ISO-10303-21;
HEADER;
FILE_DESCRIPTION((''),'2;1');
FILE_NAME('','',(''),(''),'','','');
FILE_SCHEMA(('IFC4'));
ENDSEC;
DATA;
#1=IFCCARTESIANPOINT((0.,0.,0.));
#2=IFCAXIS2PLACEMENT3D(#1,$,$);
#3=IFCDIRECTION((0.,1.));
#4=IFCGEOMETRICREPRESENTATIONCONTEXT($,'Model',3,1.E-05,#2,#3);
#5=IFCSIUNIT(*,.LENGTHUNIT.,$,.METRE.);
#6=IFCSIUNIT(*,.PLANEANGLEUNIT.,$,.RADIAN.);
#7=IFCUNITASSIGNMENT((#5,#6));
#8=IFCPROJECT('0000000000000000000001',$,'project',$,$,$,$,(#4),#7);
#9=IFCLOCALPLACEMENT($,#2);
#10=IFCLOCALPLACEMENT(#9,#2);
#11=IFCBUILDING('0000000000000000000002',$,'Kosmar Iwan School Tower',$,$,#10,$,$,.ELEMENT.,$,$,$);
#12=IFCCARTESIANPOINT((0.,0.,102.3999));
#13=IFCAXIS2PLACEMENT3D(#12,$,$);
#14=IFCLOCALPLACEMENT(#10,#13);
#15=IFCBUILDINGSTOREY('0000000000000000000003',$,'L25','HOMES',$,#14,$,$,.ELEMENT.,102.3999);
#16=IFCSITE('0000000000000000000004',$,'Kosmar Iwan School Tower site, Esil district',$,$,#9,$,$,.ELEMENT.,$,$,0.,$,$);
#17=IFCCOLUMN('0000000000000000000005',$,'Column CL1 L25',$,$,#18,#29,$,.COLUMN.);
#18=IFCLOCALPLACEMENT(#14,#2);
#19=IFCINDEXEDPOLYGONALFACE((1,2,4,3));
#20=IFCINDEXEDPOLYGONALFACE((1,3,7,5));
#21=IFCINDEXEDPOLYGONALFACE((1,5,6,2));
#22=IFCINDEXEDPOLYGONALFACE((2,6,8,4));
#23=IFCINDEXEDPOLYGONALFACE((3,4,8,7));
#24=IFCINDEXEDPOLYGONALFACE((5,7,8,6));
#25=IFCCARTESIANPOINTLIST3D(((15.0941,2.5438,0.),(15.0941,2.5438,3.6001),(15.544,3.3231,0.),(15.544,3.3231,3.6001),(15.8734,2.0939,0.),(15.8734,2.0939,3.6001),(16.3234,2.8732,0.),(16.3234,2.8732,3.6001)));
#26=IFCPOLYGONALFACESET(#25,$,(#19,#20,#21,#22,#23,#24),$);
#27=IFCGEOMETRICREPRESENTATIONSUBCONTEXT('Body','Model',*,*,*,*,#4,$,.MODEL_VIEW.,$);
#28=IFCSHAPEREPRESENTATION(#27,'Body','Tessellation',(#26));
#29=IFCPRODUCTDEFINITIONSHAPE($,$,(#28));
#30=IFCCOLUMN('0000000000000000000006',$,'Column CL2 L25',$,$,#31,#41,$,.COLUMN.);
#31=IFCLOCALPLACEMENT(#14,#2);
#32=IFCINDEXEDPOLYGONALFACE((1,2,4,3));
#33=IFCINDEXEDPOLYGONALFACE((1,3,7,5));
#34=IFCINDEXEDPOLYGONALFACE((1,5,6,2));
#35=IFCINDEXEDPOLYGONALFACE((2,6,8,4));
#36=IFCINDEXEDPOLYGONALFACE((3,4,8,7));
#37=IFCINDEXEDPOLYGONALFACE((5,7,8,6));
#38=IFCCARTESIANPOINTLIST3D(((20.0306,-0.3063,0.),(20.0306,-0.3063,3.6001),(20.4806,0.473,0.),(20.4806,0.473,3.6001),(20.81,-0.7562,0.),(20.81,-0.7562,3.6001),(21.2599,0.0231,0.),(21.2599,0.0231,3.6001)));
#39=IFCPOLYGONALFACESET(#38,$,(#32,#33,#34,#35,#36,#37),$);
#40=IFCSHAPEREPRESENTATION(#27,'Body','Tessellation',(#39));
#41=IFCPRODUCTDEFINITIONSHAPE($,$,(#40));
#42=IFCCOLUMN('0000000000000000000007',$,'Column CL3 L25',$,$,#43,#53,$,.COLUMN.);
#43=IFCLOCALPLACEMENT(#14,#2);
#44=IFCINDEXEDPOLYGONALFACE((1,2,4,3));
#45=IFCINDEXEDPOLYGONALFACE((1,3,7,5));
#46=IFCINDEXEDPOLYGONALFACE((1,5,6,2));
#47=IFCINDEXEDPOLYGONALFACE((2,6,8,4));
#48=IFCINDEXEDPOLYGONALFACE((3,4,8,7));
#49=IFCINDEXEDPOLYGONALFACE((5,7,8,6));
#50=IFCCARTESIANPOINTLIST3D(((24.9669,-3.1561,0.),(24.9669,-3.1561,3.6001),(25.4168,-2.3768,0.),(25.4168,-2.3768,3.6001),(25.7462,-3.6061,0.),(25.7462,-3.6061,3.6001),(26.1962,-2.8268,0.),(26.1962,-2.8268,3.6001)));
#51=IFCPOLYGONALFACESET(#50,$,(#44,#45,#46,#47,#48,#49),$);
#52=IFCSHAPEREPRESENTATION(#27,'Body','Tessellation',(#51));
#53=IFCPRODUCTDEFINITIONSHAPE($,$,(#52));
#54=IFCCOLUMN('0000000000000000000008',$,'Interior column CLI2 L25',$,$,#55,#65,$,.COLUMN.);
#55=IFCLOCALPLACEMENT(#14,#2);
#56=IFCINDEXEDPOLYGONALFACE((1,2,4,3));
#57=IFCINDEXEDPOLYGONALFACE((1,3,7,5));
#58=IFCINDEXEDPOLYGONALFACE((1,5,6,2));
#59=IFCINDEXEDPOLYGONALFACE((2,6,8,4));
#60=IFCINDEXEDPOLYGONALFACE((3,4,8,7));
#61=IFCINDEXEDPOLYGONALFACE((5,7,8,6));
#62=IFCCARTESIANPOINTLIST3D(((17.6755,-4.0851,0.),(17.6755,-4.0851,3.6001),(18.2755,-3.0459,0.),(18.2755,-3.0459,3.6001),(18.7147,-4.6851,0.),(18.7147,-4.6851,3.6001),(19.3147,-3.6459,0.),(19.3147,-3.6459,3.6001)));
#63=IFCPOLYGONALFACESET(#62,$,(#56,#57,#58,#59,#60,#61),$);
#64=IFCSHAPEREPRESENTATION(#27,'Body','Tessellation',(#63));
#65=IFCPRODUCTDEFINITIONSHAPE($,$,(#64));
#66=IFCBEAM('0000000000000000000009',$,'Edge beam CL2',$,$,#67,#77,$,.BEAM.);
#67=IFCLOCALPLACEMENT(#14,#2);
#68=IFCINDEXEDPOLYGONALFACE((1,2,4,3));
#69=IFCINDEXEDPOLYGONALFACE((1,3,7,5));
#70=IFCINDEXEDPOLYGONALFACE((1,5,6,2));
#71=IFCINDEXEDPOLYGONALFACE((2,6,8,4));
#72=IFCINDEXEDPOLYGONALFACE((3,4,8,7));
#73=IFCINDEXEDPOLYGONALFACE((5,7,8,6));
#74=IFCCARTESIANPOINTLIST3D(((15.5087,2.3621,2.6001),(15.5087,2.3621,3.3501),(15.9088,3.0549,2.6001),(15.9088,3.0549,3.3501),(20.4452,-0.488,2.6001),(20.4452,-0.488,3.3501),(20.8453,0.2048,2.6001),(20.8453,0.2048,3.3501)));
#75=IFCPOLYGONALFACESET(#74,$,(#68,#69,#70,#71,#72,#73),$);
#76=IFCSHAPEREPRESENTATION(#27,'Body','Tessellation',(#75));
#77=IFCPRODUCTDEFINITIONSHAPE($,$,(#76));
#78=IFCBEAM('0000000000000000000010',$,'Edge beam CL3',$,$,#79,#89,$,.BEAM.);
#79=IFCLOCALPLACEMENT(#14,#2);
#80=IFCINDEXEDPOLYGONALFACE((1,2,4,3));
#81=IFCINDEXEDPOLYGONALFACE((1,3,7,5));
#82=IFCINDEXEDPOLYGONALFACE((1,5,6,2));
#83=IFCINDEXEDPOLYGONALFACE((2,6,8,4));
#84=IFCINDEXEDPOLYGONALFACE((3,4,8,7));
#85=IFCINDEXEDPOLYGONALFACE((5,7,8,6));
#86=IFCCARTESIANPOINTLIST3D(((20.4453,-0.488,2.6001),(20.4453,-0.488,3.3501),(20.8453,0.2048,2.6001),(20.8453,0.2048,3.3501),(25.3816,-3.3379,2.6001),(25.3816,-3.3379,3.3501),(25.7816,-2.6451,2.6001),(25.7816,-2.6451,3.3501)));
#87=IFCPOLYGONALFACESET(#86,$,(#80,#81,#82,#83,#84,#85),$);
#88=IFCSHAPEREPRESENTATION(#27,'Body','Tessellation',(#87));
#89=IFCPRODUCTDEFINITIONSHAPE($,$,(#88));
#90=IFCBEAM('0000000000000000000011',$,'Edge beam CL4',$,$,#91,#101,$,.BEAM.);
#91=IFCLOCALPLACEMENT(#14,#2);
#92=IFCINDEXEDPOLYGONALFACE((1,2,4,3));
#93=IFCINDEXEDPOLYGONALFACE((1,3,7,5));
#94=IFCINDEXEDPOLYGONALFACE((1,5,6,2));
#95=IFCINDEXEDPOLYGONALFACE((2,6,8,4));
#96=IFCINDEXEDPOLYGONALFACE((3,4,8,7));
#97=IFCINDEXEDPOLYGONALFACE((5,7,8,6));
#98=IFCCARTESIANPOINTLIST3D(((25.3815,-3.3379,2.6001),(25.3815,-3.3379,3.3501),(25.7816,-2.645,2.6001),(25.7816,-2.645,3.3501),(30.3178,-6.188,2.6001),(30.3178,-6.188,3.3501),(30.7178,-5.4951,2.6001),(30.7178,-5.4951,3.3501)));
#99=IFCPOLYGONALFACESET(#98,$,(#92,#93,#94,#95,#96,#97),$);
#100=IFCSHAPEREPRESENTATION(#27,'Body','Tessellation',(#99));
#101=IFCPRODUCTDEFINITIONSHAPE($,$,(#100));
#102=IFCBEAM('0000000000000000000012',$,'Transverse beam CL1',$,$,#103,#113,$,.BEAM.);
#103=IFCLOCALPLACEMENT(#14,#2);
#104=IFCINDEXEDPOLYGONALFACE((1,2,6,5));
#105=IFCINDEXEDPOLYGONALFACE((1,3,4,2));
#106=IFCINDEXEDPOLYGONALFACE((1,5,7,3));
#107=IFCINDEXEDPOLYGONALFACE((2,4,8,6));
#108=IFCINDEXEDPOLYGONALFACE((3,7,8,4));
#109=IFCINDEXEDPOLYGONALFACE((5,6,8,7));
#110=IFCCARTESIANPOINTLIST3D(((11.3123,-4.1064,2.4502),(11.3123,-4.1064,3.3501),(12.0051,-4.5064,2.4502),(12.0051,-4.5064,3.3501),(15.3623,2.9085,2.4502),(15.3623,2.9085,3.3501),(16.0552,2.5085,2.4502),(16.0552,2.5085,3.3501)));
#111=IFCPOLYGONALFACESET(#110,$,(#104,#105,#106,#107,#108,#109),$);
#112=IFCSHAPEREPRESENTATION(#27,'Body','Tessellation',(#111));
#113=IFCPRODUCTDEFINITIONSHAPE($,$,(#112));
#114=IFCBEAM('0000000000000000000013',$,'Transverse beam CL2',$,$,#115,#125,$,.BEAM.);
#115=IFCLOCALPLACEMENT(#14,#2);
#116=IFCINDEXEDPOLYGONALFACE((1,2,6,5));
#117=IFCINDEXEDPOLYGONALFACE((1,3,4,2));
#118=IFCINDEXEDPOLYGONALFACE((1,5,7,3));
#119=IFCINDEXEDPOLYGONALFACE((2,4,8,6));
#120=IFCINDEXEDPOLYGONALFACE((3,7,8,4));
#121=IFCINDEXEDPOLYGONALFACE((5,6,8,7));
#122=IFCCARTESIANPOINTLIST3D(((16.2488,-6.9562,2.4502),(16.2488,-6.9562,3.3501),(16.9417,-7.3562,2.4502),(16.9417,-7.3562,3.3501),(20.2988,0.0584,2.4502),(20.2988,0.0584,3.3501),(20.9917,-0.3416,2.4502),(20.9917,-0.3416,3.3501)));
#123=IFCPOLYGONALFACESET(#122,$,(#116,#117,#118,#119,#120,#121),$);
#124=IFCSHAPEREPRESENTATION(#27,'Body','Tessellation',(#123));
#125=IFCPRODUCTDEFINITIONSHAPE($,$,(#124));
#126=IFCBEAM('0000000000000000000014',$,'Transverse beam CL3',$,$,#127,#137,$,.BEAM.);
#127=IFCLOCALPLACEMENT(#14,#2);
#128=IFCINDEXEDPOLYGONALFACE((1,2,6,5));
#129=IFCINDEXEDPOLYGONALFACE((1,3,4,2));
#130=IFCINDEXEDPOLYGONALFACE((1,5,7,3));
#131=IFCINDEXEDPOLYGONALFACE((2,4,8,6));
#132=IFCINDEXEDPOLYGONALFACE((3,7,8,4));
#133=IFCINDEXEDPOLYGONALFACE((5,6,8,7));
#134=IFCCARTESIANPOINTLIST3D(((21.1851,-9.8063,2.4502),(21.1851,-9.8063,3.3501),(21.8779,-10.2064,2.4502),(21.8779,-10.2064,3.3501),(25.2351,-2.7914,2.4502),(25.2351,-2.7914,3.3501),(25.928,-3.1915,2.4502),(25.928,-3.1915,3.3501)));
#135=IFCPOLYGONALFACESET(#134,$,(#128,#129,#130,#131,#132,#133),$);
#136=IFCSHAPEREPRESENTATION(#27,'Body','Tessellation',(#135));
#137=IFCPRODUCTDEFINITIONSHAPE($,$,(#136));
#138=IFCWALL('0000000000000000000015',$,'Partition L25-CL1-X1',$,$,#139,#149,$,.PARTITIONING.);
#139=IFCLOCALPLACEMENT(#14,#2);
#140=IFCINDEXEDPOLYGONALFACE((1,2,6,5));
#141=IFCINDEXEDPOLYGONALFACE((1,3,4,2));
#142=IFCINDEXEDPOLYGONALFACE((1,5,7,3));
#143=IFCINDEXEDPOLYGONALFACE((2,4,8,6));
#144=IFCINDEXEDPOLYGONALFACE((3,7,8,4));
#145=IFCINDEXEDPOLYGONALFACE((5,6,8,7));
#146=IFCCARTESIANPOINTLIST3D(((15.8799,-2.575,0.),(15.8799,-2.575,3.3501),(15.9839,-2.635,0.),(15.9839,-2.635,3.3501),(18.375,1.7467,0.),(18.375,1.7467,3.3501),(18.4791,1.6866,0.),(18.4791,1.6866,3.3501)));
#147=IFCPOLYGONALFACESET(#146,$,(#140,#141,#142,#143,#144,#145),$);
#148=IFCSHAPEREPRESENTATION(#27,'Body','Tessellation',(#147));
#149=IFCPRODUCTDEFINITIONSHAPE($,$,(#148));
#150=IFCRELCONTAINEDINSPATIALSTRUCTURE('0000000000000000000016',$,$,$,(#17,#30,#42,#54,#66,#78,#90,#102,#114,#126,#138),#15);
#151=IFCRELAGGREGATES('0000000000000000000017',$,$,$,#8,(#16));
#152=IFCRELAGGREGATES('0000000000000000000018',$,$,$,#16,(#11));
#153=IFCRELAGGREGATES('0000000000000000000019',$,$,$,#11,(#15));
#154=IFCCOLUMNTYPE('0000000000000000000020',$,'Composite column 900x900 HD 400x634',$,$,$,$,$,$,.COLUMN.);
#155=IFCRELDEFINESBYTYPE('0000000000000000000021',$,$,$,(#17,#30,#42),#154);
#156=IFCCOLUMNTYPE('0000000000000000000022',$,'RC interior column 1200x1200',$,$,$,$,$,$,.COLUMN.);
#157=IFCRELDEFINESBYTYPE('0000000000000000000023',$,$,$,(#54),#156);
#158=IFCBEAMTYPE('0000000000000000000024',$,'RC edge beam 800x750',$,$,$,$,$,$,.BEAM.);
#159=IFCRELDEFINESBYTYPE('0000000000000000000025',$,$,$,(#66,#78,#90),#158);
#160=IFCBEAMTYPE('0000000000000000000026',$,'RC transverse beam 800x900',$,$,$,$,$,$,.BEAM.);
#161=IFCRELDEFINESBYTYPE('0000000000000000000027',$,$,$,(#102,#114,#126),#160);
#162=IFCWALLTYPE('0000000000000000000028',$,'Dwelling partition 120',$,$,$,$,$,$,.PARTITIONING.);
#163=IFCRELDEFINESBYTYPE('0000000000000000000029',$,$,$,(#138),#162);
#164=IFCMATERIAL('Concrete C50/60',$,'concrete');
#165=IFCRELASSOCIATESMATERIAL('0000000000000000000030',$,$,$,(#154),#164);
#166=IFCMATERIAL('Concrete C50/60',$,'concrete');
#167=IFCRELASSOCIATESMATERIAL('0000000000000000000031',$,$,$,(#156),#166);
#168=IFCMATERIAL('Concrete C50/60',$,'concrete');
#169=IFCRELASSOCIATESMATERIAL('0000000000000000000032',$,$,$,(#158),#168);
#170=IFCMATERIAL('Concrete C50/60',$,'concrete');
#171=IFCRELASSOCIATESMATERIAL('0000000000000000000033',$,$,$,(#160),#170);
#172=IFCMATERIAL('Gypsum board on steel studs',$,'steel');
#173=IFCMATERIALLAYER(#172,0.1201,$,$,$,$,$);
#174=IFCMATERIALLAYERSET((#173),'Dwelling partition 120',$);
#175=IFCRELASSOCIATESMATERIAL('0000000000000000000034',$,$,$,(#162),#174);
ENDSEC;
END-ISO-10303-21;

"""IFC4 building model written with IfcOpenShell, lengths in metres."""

from ifc_helpers import new_model, si_unit, direction, frame, frame_2d, origin, origin_2d, place, context, subcontext, project, spatial, rectangle, extrude, material, layer, layer_set, material_profile, profile_set, type_object, element, save


model = new_model("IFC4")

# Units and contexts
model_context = context("Model", 3, precision=1e-05, world=origin(), true_north=direction((0.0, 1.0)))
body_context = subcontext(model_context, "Body", "Model", "MODEL_VIEW")
ifc_project = project(units=[si_unit("LENGTHUNIT", "METRE"), si_unit("PLANEANGLEUNIT", "RADIAN")], contexts=[model_context])

# Site, building, storey
site_placement = place(None, origin())
site = spatial("IfcSite", under=ifc_project, at=site_placement, Name="Kosmar Iwan School Tower site, Esil district", CompositionType="ELEMENT", RefElevation=0.0)
building_placement = place(site_placement, origin())
building = spatial("IfcBuilding", under=site, at=building_placement, Name="Kosmar Iwan School Tower", CompositionType="ELEMENT")
storey_placement = place(building_placement, frame((0.0, 0.0, 102.3999)))
storey = spatial("IfcBuildingStorey", under=building, at=storey_placement, Name="L25", Description="HOMES", CompositionType="ELEMENT", Elevation=102.3999)

# Columns
ifc_material_1 = material(Name="Concrete C50/60", Category="concrete")
ifc_material_profile_1 = material_profile(ifc_material_1, rectangle(XDim=0.8999, YDim=0.8999, at=origin_2d()), Name="RC 900x900 + HD 400x634")
ifc_profile_set_1 = profile_set([ifc_material_profile_1], Name="Concrete C50/60")
column_type_1 = type_object("IfcColumnType", Name="Composite column 900x900 HD 400x634", PredefinedType="COLUMN", material=ifc_profile_set_1)
for number, where, z_axis, x_axis, name in (
    (1, (15.7087, 2.7085, 0.0), (0.0, 0.0, 1.0), (0.866025, -0.5, 0.0), "Column CL1 L25"),
    (2, (20.6453, -0.1416, 0.0), (0.0, 0.0, 1.0), (0.866025, -0.5, 0.0), "Column CL2 L25"),
    (3, (25.5815, -2.9915, 0.0), (0.0, 0.0, 1.0), (0.866025, -0.5, 0.0), "Column CL3 L25"),
):
    element("IfcColumn", number, at=place(storey_placement, frame(where, z_axis=z_axis, x_axis=x_axis)), inside=storey, type_object=column_type_1, Name=name, PredefinedType="COLUMN", context=body_context, shape_type="SweptSolid", body=[
        extrude(rectangle(XDim=0.8999, YDim=0.8999, at=origin_2d()), origin(), (0.0, 0.0, 1.0), 3.6001),
    ])
ifc_material_2 = material(Name="Concrete C50/60", Category="concrete")
ifc_material_profile_2 = material_profile(ifc_material_2, rectangle(XDim=1.2, YDim=1.2, at=origin_2d()), Name="RC 1200x1200")
ifc_profile_set_2 = profile_set([ifc_material_profile_2], Name="Concrete C50/60")
column_type_2 = type_object("IfcColumnType", Name="RC interior column 1200x1200", PredefinedType="COLUMN", material=ifc_profile_set_2)
column_placement = place(storey_placement, frame((18.4951, -3.8655, 0.0), z_axis=(0.0, 0.0, 1.0), x_axis=(0.866025, -0.5, 0.0)))
element("IfcColumn", 4, at=column_placement, inside=storey, type_object=column_type_2, Name="Interior column CLI2 L25", PredefinedType="COLUMN", context=body_context, shape_type="SweptSolid", body=[
    extrude(rectangle(XDim=1.2, YDim=1.2, at=origin_2d()), origin(), (0.0, 0.0, 1.0), 3.6001),
])

# Beams
ifc_material_3 = material(Name="Concrete C50/60", Category="concrete")
ifc_material_profile_3 = material_profile(ifc_material_3, rectangle(XDim=0.8, YDim=0.75, at=origin_2d()), Name="RC 800x750")
ifc_profile_set_3 = profile_set([ifc_material_profile_3], Name="Concrete C50/60")
beam_type_1 = type_object("IfcBeamType", Name="RC edge beam 800x750", PredefinedType="BEAM", material=ifc_profile_set_3)
beam_1_placement = place(storey_placement, frame((15.7087, 2.7085, 2.9751), z_axis=(0.866026, -0.499999, 0.0), x_axis=(0.499999, 0.866026, 0.0)))
element("IfcBeam", 5, at=beam_1_placement, inside=storey, type_object=beam_type_1, Name="Edge beam CL2", PredefinedType="BEAM", context=body_context, shape_type="SweptSolid", body=[
    extrude(rectangle(XDim=0.8, YDim=0.75, at=origin_2d()), origin(), (0.0, 0.0, 1.0), 5.7002),
])
for number, where, z_axis, x_axis, name in (
    (6, (20.6453, -0.1416, 2.9751), (0.866034, -0.499986, 0.0), (0.499986, 0.866034, 0.0), "Edge beam CL3"),
    (7, (25.5815, -2.9915, 2.9751), (0.866015, -0.500018, 0.0), (0.500018, 0.866015, 0.0), "Edge beam CL4"),
):
    element("IfcBeam", number, at=place(storey_placement, frame(where, z_axis=z_axis, x_axis=x_axis)), inside=storey, type_object=beam_type_1, Name=name, PredefinedType="BEAM", context=body_context, shape_type="SweptSolid", body=[
        extrude(rectangle(XDim=0.8, YDim=0.75, at=origin_2d()), origin(), (0.0, 0.0, 1.0), 5.7),
    ])
ifc_material_4 = material(Name="Concrete C50/60", Category="concrete")
ifc_material_profile_4 = material_profile(ifc_material_4, rectangle(XDim=0.8, YDim=0.8999, at=origin_2d()), Name="RC 800x900")
ifc_profile_set_4 = profile_set([ifc_material_profile_4], Name="Concrete C50/60")
beam_type_2 = type_object("IfcBeamType", Name="RC transverse beam 800x900", PredefinedType="BEAM", material=ifc_profile_set_4)
beam_2_placement = place(storey_placement, frame((15.7087, 2.7085, 2.9001), z_axis=(-0.5, -0.866025, 0.0), x_axis=(0.866025, -0.5, 0.0)))
element("IfcBeam", 8, at=beam_2_placement, inside=storey, type_object=beam_type_2, Name="Transverse beam CL1", PredefinedType="BEAM", context=body_context, shape_type="SweptSolid", body=[
    extrude(rectangle(XDim=0.8, YDim=0.8999, at=origin_2d()), origin(), (0.0, 0.0, 1.0), 8.1001),
])
beam_3_placement = place(storey_placement, frame((20.6453, -0.1416, 2.9001), z_axis=(-0.500013, -0.866018, 0.0), x_axis=(0.866018, -0.500013, 0.0)))
element("IfcBeam", 9, at=beam_3_placement, inside=storey, type_object=beam_type_2, Name="Transverse beam CL2", PredefinedType="BEAM", context=body_context, shape_type="SweptSolid", body=[
    extrude(rectangle(XDim=0.8, YDim=0.8999, at=origin_2d()), origin(), (0.0, 0.0, 1.0), 8.0999),
])
beam_4_placement = place(storey_placement, frame((25.5815, -2.9915, 2.9001), z_axis=(-0.5, -0.866025, 0.0), x_axis=(0.866025, -0.5, 0.0)))
element("IfcBeam", 10, at=beam_4_placement, inside=storey, type_object=beam_type_2, Name="Transverse beam CL3", PredefinedType="BEAM", context=body_context, shape_type="SweptSolid", body=[
    extrude(rectangle(XDim=0.8, YDim=0.8999, at=origin_2d()), origin(), (0.0, 0.0, 1.0), 8.1001),
])

# Wall
ifc_material_5 = material(Name="Gypsum board on steel studs", Category="steel")
ifc_layer = layer(ifc_material_5, 0.1201)
ifc_layer_set = layer_set([ifc_layer], Name="Dwelling partition 120")
wall_type = type_object("IfcWallType", Name="Dwelling partition 120", PredefinedType="PARTITIONING", material=ifc_layer_set)
wall_1_placement = place(storey_placement, frame((15.9319, -2.605, 0.0), z_axis=(0.0, 0.0, 1.0), x_axis=(0.500012, 0.866019, 0.0)))
element("IfcWall", 11, at=wall_1_placement, inside=storey, type_object=wall_type, Name="Partition L25-CL1-X1", PredefinedType="PARTITIONING", context=body_context, shape_type="SweptSolid", body=[
    extrude(rectangle(XDim=4.9902, YDim=0.1201, at=frame_2d((2.4951, 0.0))), origin(), (0.0, 0.0, 1.0), 3.3501),
])

save(model, "model.ifc")
